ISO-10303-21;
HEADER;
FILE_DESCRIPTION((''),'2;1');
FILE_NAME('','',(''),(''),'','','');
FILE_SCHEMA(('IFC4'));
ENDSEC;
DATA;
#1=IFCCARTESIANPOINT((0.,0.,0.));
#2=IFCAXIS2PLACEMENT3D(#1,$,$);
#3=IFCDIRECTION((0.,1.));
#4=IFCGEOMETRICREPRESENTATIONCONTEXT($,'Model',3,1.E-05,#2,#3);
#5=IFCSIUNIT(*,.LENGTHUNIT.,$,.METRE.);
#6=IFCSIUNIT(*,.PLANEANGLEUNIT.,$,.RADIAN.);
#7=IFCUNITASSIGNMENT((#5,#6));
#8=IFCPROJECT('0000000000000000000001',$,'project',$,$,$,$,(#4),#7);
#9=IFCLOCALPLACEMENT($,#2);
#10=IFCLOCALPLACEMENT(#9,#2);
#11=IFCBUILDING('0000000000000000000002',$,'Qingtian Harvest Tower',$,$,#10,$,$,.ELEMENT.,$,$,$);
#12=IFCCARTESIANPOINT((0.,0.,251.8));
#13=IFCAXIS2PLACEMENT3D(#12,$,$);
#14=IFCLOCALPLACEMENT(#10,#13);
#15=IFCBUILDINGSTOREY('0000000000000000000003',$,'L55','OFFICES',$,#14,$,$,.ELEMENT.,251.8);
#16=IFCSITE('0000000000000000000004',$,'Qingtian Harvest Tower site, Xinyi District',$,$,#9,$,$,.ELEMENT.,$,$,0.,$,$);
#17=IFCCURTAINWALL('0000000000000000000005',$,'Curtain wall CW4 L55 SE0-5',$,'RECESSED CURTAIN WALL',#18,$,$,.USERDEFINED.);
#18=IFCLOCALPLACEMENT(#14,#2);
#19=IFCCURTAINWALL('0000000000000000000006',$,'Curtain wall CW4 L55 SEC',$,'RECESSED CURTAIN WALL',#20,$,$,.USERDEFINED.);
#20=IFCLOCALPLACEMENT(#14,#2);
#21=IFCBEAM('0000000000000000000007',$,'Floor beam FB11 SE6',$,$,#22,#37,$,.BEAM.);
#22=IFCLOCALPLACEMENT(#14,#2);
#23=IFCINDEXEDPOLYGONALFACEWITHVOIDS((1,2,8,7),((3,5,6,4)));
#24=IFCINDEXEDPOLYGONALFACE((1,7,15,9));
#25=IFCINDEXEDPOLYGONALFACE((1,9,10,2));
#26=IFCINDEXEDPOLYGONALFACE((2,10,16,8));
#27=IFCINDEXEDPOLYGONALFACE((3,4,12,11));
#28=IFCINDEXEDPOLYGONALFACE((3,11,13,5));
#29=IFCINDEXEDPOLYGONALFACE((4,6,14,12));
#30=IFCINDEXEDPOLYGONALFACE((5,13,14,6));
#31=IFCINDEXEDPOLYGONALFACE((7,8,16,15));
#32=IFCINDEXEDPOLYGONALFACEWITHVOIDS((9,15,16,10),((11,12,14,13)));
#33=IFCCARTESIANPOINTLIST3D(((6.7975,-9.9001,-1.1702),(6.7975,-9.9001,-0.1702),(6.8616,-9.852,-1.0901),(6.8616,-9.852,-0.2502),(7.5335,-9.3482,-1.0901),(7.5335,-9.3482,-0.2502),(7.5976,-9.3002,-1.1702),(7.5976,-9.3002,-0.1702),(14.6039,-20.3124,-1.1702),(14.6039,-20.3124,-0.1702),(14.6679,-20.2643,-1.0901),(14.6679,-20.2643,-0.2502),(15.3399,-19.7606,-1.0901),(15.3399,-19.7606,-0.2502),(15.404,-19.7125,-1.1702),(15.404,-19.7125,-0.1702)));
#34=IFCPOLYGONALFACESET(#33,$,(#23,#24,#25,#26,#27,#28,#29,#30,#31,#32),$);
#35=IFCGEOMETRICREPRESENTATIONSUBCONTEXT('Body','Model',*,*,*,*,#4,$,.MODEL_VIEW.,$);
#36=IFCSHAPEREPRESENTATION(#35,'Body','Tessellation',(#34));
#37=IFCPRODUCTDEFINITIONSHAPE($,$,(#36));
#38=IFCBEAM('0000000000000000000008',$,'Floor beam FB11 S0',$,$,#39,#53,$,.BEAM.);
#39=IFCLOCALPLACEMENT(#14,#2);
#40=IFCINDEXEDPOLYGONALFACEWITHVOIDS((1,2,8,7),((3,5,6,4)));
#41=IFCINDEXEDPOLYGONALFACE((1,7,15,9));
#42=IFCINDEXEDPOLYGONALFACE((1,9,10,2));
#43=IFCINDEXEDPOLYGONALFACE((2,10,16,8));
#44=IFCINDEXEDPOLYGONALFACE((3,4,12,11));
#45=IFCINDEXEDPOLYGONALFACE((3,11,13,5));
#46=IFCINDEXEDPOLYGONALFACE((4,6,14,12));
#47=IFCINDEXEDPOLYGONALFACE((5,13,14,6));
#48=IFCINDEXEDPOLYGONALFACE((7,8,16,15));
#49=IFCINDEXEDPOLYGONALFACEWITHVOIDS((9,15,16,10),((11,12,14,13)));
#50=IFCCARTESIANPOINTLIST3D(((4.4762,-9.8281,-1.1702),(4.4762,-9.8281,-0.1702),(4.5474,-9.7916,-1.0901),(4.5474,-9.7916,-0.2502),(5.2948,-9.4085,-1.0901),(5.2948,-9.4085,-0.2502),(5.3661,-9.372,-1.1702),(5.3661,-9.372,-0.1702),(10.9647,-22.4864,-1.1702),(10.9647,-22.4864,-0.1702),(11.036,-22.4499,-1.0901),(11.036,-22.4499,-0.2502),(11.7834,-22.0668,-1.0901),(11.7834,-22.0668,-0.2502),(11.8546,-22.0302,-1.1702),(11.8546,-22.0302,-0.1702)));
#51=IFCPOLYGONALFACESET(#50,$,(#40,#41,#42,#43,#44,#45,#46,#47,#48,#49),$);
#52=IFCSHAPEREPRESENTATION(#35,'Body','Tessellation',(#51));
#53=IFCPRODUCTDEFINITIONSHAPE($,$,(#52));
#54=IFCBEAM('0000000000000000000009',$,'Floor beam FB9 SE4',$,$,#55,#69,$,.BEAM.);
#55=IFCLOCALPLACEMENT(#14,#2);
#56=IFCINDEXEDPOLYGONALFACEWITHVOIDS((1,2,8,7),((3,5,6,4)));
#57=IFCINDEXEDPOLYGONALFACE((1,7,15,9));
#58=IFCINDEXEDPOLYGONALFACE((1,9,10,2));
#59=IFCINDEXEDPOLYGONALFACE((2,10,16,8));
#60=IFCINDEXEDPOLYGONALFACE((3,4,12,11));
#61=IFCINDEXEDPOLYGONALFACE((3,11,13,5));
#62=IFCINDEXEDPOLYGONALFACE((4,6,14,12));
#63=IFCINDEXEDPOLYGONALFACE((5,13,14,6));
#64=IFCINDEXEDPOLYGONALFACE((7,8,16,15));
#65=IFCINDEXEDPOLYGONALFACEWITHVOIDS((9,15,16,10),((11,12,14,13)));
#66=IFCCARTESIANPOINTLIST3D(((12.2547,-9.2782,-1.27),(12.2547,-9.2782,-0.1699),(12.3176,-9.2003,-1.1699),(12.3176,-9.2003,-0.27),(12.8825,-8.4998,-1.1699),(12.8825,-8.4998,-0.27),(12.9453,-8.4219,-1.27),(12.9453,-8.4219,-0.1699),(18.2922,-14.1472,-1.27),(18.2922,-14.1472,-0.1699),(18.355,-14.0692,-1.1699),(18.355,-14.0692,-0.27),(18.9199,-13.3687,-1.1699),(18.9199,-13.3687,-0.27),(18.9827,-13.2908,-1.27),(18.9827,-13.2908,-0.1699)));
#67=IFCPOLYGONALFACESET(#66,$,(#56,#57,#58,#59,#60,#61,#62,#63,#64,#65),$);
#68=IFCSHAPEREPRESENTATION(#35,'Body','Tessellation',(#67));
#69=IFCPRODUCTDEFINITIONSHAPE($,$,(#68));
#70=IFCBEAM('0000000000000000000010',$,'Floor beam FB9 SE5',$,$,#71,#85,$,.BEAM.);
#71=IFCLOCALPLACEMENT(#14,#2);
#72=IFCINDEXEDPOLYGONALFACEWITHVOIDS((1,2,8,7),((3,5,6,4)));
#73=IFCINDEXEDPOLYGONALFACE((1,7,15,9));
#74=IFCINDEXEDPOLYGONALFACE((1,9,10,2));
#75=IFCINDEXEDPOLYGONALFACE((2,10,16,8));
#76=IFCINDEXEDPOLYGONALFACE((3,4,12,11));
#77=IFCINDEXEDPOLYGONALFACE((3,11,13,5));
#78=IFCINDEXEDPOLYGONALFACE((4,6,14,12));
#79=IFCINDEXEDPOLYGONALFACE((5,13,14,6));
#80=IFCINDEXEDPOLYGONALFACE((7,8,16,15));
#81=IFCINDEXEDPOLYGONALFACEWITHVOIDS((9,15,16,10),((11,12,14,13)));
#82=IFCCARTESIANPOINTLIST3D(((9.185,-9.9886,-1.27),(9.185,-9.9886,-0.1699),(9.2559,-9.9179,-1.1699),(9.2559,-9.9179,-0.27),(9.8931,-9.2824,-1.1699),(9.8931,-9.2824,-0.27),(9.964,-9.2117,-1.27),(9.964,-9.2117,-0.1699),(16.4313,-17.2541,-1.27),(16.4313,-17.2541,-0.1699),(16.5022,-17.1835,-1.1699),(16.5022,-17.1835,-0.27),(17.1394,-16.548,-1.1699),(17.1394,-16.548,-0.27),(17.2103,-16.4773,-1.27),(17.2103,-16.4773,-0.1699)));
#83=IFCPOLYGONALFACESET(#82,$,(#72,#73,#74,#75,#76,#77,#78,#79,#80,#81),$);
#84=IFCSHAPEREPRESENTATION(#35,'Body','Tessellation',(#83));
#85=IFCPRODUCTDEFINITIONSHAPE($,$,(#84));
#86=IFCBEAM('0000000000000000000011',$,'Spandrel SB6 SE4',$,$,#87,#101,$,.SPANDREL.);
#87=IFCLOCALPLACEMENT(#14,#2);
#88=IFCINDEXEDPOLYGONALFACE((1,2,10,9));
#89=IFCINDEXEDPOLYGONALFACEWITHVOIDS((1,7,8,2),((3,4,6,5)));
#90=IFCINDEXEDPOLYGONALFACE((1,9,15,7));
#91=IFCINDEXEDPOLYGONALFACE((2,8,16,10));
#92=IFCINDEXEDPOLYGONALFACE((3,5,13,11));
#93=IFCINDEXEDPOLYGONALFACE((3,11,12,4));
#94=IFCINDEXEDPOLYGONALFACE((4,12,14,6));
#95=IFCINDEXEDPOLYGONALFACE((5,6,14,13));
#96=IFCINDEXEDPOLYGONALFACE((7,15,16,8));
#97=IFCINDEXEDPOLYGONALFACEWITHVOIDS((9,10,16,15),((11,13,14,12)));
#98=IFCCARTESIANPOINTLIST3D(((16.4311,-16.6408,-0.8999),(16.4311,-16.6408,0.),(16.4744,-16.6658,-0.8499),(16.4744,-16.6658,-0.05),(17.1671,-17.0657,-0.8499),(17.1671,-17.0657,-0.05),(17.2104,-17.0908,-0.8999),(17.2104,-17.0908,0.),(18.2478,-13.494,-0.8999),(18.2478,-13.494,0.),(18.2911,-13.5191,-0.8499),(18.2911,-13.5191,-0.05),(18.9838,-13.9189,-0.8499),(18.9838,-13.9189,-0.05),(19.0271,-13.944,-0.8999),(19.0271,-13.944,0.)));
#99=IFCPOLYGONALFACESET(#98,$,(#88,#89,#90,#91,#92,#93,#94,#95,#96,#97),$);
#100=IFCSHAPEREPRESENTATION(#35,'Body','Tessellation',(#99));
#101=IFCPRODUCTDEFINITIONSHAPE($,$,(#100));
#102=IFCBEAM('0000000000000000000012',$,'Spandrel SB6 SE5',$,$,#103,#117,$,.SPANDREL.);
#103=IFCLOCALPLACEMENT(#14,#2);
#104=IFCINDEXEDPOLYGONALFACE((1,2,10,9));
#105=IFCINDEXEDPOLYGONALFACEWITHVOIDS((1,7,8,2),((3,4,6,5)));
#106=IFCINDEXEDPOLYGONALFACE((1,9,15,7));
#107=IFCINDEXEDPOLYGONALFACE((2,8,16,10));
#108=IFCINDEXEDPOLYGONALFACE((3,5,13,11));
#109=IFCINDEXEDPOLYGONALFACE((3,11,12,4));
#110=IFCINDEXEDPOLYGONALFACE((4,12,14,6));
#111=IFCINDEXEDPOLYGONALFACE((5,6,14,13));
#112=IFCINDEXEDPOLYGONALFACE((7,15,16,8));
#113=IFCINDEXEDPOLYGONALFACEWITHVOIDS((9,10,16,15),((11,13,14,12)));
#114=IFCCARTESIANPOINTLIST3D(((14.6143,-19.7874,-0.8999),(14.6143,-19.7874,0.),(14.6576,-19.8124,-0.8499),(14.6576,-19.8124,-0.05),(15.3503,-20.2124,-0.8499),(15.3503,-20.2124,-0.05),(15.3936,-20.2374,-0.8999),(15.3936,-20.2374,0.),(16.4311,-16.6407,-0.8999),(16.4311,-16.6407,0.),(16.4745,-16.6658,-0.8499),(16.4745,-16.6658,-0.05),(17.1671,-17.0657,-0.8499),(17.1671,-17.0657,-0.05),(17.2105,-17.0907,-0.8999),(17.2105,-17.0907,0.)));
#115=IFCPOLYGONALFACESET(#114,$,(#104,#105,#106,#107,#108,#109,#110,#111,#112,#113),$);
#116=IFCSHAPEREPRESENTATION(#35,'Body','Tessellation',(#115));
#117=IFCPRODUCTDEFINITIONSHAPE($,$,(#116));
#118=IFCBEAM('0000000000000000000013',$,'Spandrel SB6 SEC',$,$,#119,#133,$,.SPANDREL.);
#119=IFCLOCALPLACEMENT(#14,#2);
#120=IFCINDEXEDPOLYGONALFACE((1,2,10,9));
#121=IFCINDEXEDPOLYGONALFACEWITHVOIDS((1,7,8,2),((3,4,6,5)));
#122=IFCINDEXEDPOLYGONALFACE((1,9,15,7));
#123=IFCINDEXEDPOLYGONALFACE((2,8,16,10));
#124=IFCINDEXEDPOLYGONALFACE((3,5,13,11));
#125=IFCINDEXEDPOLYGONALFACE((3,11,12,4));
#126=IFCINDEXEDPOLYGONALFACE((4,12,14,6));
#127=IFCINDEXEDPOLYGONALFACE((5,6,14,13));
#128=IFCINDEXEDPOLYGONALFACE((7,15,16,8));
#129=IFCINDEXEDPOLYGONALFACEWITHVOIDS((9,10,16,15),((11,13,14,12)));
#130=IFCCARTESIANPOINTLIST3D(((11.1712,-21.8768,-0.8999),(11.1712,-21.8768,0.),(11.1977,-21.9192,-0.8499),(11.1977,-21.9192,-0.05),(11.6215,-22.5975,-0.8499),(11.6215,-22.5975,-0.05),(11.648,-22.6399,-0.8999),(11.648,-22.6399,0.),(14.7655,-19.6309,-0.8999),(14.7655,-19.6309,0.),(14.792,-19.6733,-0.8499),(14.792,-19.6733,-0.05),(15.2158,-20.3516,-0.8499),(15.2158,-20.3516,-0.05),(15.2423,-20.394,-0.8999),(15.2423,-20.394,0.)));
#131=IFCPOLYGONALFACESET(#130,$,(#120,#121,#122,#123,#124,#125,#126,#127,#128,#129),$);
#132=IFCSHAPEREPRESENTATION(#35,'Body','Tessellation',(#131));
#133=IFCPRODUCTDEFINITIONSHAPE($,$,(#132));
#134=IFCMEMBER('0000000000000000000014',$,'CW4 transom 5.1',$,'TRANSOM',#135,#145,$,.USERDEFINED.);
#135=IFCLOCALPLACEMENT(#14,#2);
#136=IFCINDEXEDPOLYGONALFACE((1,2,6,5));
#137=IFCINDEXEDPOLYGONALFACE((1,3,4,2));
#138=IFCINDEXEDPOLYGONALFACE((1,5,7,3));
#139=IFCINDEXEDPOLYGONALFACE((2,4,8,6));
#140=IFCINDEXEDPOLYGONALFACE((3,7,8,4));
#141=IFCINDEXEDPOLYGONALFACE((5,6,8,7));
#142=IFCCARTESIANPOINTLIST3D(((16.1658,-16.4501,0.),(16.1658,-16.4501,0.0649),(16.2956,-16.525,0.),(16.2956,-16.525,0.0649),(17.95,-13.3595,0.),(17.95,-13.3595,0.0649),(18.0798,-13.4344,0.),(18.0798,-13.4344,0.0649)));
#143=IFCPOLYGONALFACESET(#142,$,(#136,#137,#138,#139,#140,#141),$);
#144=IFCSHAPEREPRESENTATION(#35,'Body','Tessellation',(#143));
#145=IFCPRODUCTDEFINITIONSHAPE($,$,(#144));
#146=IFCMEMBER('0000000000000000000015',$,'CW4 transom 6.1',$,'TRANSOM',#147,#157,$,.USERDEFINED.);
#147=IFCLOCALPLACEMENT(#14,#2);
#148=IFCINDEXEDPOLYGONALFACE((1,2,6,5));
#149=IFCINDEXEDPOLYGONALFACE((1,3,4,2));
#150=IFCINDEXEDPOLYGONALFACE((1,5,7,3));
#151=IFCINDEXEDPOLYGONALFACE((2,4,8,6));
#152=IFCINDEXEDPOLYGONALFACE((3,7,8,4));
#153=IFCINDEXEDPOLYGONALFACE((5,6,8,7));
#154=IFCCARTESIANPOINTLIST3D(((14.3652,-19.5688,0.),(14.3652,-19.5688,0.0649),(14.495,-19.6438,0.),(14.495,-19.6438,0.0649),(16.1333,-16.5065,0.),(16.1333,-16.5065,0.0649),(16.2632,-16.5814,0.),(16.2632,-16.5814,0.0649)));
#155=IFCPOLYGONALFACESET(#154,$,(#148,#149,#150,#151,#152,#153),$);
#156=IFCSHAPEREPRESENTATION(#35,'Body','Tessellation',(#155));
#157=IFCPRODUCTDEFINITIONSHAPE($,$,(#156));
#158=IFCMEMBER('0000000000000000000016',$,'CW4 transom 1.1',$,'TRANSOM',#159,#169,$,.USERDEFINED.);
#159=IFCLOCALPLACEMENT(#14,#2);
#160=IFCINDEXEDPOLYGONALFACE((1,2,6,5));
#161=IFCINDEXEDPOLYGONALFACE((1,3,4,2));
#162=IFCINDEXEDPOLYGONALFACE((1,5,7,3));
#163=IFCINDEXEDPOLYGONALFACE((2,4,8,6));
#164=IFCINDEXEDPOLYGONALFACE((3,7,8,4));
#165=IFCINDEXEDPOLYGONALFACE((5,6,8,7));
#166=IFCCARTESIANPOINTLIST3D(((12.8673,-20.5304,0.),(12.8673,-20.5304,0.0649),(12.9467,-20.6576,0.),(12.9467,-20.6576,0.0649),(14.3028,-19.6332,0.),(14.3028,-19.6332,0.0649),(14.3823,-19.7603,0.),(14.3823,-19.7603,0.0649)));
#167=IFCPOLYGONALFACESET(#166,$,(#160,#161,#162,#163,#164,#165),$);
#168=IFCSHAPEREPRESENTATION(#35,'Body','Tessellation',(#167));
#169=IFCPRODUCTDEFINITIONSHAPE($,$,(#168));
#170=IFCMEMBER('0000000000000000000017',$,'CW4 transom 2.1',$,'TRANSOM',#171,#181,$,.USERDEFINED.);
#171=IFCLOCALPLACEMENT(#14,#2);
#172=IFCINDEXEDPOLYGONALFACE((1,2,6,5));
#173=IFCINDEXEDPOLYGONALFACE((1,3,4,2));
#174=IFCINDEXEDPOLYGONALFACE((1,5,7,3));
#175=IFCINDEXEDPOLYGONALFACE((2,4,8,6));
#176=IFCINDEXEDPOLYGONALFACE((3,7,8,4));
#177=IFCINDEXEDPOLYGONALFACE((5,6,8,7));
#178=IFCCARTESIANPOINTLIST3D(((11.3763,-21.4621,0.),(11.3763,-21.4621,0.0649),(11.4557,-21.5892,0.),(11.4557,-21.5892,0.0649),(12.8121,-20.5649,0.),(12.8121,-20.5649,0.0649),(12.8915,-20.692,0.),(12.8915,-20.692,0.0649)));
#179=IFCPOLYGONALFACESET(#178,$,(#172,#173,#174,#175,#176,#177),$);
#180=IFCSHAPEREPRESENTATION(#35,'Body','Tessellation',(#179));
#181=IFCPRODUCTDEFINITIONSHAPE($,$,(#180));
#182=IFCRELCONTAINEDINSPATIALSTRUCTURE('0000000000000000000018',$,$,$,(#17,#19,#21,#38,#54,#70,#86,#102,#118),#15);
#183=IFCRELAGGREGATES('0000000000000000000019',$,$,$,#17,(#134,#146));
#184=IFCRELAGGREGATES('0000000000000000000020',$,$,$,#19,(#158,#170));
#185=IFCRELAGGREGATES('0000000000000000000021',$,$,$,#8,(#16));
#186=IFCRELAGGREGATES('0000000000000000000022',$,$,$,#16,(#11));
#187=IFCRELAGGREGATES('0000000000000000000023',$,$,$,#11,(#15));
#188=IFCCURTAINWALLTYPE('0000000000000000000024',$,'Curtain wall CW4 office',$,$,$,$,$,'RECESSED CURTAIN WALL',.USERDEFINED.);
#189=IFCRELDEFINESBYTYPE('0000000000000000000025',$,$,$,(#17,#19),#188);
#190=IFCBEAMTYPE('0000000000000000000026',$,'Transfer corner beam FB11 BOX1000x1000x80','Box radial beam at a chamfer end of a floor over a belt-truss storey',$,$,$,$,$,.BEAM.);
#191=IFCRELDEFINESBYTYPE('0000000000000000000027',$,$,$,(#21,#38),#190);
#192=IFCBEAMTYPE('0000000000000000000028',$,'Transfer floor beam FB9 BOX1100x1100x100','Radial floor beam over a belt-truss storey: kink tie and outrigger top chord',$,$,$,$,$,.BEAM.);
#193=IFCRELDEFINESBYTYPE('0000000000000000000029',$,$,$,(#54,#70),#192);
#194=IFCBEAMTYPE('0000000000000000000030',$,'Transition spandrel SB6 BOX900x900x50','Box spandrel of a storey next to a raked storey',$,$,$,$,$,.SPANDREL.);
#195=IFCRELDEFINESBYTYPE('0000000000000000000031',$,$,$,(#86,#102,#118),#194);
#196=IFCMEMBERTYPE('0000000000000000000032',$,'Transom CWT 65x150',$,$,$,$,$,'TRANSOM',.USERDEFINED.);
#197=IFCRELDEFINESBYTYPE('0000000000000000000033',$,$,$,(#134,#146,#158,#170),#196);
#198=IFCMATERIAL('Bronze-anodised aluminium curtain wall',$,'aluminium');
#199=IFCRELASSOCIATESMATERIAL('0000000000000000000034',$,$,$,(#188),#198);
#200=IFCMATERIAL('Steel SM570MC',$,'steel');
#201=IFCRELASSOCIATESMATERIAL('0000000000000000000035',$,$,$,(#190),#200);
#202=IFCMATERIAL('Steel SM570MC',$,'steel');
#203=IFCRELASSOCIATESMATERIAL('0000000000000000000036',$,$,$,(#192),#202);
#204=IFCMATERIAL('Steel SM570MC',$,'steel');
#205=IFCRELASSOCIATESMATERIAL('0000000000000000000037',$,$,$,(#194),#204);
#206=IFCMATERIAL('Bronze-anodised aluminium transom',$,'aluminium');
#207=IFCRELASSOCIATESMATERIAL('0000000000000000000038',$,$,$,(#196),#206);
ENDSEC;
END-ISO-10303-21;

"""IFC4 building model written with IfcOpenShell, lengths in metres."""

from ifc_helpers import new_model, si_unit, direction, frame, origin, origin_2d, place, context, subcontext, project, spatial, rectangle, hollow_rectangle, extrude, material, material_profile, profile_set, type_object, element, aggregate, save


model = new_model("IFC4")

# Units and contexts
model_context = context("Model", 3, precision=1e-05, world=origin(), true_north=direction((0.0, 1.0)))
body_context = subcontext(model_context, "Body", "Model", "MODEL_VIEW")
ifc_project = project(units=[si_unit("LENGTHUNIT", "METRE"), si_unit("PLANEANGLEUNIT", "RADIAN")], contexts=[model_context])

# Site, building, storey
site_placement = place(None, origin())
site = spatial("IfcSite", under=ifc_project, at=site_placement, Name="Qingtian Harvest Tower site, Xinyi District", CompositionType="ELEMENT", RefElevation=0.0)
building_placement = place(site_placement, origin())
building = spatial("IfcBuilding", under=site, at=building_placement, Name="Qingtian Harvest Tower", CompositionType="ELEMENT")
storey_placement = place(building_placement, frame((0.0, 0.0, 251.8)))
storey = spatial("IfcBuildingStorey", under=building, at=storey_placement, Name="L55", Description="OFFICES", CompositionType="ELEMENT", Elevation=251.8)

# Curtain walls
ifc_material_1 = material(Name="Bronze-anodised aluminium curtain wall", Category="aluminium")
curtain_wall_type = type_object("IfcCurtainWallType", Name="Curtain wall CW4 office", ElementType="RECESSED CURTAIN WALL", PredefinedType="USERDEFINED", material=ifc_material_1)
curtain_wall_1_placement = place(storey_placement, origin())
curtain_wall_1 = element("IfcCurtainWall", 1, at=curtain_wall_1_placement, inside=storey, type_object=curtain_wall_type, Name="Curtain wall CW4 L55 SE0-5", ObjectType="RECESSED CURTAIN WALL", PredefinedType="USERDEFINED")
curtain_wall_2_placement = place(storey_placement, origin())
curtain_wall_2 = element("IfcCurtainWall", 2, at=curtain_wall_2_placement, inside=storey, type_object=curtain_wall_type, Name="Curtain wall CW4 L55 SEC", ObjectType="RECESSED CURTAIN WALL", PredefinedType="USERDEFINED")

# Beams
ifc_material_2 = material(Name="Steel SM570MC", Category="steel")
ifc_material_profile_1 = material_profile(ifc_material_2, hollow_rectangle(XDim=1.0, YDim=1.0, WallThickness=0.0801, at=origin_2d()), Name="BOX1000x1000x80")
ifc_profile_set_1 = profile_set([ifc_material_profile_1], Name="Steel SM570MC")
beam_type_1 = type_object("IfcBeamType", Name="Transfer corner beam FB11 BOX1000x1000x80", Description="Box radial beam at a chamfer end of a floor over a belt-truss storey", PredefinedType="BEAM", material=ifc_profile_set_1)
beam_1_placement = place(storey_placement, frame((15.0039, -20.0125, -0.6702), z_axis=(-0.599859, 0.800106, 0.0), x_axis=(-0.800106, -0.599859, 0.0)))
element("IfcBeam", 3, at=beam_1_placement, inside=storey, type_object=beam_type_1, Name="Floor beam FB11 SE6", PredefinedType="BEAM", context=body_context, shape_type="SweptSolid", body=[
    extrude(hollow_rectangle(XDim=1.0, YDim=1.0, WallThickness=0.0801, at=origin_2d()), origin(), (0.0, 0.0, 1.0), 13.0137),
])
beam_2_placement = place(storey_placement, frame((11.4097, -22.2583, -0.6702), z_axis=(-0.456157, 0.889899, 0.0), x_axis=(-0.889899, -0.456157, 0.0)))
element("IfcBeam", 4, at=beam_2_placement, inside=storey, type_object=beam_type_1, Name="Floor beam FB11 S0", PredefinedType="BEAM", context=body_context, shape_type="SweptSolid", body=[
    extrude(hollow_rectangle(XDim=1.0, YDim=1.0, WallThickness=0.0801, at=origin_2d()), origin(), (0.0, 0.0, 1.0), 14.2244),
])
ifc_material_3 = material(Name="Steel SM570MC", Category="steel")
ifc_material_profile_2 = material_profile(ifc_material_3, hollow_rectangle(XDim=1.1001, YDim=1.1001, WallThickness=0.1001, at=origin_2d()), Name="BOX1100x1100x100")
ifc_profile_set_2 = profile_set([ifc_material_profile_2], Name="Steel SM570MC")
beam_type_2 = type_object("IfcBeamType", Name="Transfer floor beam FB9 BOX1100x1100x100", Description="Radial floor beam over a belt-truss storey: kink tie and outrigger top chord", PredefinedType="BEAM", material=ifc_profile_set_2)
beam_3_placement = place(storey_placement, frame((18.6375, -13.719, -0.72), z_axis=(-0.778409, 0.627757, 0.0), x_axis=(-0.627757, -0.778409, 0.0)))
element("IfcBeam", 5, at=beam_3_placement, inside=storey, type_object=beam_type_2, Name="Floor beam FB9 SE4", PredefinedType="BEAM", context=body_context, shape_type="SweptSolid", body=[
    extrude(hollow_rectangle(XDim=1.1001, YDim=1.1001, WallThickness=0.1001, at=origin_2d()), origin(), (0.0, 0.0, 1.0), 7.7561),
])
beam_4_placement = place(storey_placement, frame((16.8208, -16.8657, -0.72), z_axis=(-0.706166, 0.708046, 0.0), x_axis=(-0.708046, -0.706166, 0.0)))
element("IfcBeam", 6, at=beam_4_placement, inside=storey, type_object=beam_type_2, Name="Floor beam FB9 SE5", PredefinedType="BEAM", context=body_context, shape_type="SweptSolid", body=[
    extrude(hollow_rectangle(XDim=1.1001, YDim=1.1001, WallThickness=0.1001, at=origin_2d()), origin(), (0.0, 0.0, 1.0), 10.2615),
])
ifc_material_4 = material(Name="Steel SM570MC", Category="steel")
ifc_material_profile_3 = material_profile(ifc_material_4, hollow_rectangle(XDim=0.8999, YDim=0.8999, WallThickness=0.05, at=origin_2d()), Name="BOX900x900x50")
ifc_profile_set_3 = profile_set([ifc_material_profile_3], Name="Steel SM570MC")
beam_type_3 = type_object("IfcBeamType", Name="Transition spandrel SB6 BOX900x900x50", Description="Box spandrel of a storey next to a raked storey", PredefinedType="SPANDREL", material=ifc_profile_set_3)
for number, where, z_axis, x_axis, name in (
    (7, (18.6375, -13.719, -0.45), (-0.499976, -0.866039, 0.0), (0.866039, -0.499976, 0.0), "Spandrel SB6 SE4"),
    (8, (16.8208, -16.8657, -0.45), (-0.500027, -0.86601, 0.0), (0.86601, -0.500027, 0.0), "Spandrel SB6 SE5"),
):
    element("IfcBeam", number, at=place(storey_placement, frame(where, z_axis=z_axis, x_axis=x_axis)), inside=storey, type_object=beam_type_3, Name=name, PredefinedType="SPANDREL", context=body_context, shape_type="SweptSolid", body=[
        extrude(hollow_rectangle(XDim=0.8999, YDim=0.8999, WallThickness=0.05, at=origin_2d()), origin(), (0.0, 0.0, 1.0), 3.6335),
    ])
beam_5_placement = place(storey_placement, frame((15.0039, -20.0125, -0.45), z_axis=(-0.848057, -0.529906, 0.0), x_axis=(0.529906, -0.848057, 0.0)))
element("IfcBeam", 9, at=beam_5_placement, inside=storey, type_object=beam_type_3, Name="Spandrel SB6 SEC", PredefinedType="SPANDREL", context=body_context, shape_type="SweptSolid", body=[
    extrude(hollow_rectangle(XDim=0.8999, YDim=0.8999, WallThickness=0.05, at=origin_2d()), origin(), (0.0, 0.0, 1.0), 4.2383),
])

# Members
ifc_material_5 = material(Name="Bronze-anodised aluminium transom", Category="aluminium")
ifc_material_profile_4 = material_profile(ifc_material_5, rectangle(XDim=0.1499, YDim=0.0649, at=origin_2d()), Name="AL 65x150")
ifc_profile_set_4 = profile_set([ifc_material_profile_4], Name="Bronze-anodised aluminium transom")
member_type_1 = type_object("IfcMemberType", Name="Transom CWT 65x150", ElementType="TRANSOM", PredefinedType="USERDEFINED", material=ifc_profile_set_4)
member_1_placement = place(storey_placement, frame((18.0149, -13.397, 0.0325), z_axis=(-0.499965, -0.866045, 0.0), x_axis=(0.866045, -0.499965, 0.0)))
member_1 = element("IfcMember", 10, at=member_1_placement, type_object=member_type_1, Name="CW4 transom 5.1", ObjectType="TRANSOM", PredefinedType="USERDEFINED", context=body_context, shape_type="SweptSolid", body=[
    extrude(rectangle(XDim=0.1499, YDim=0.0649, at=origin_2d()), origin(), (0.0, 0.0, 1.0), 3.5686),
])
member_2_placement = place(storey_placement, frame((16.1982, -16.5439, 0.0325), z_axis=(-0.500015, -0.866017, 0.0), x_axis=(0.866017, -0.500015, 0.0)))
member_2 = element("IfcMember", 11, at=member_2_placement, type_object=member_type_1, Name="CW4 transom 6.1", ObjectType="TRANSOM", PredefinedType="USERDEFINED", context=body_context, shape_type="SweptSolid", body=[
    extrude(rectangle(XDim=0.1499, YDim=0.0649, at=origin_2d()), origin(), (0.0, 0.0, 1.0), 3.5361),
])
member_3_placement = place(storey_placement, frame((14.3425, -19.6968, 0.0325), z_axis=(-0.847998, -0.529999, 0.0), x_axis=(0.529999, -0.847998, 0.0)))
member_3 = element("IfcMember", 12, at=member_3_placement, type_object=member_type_1, Name="CW4 transom 1.1", ObjectType="TRANSOM", PredefinedType="USERDEFINED", context=body_context, shape_type="SweptSolid", body=[
    extrude(rectangle(XDim=0.1499, YDim=0.0649, at=origin_2d()), origin(), (0.0, 0.0, 1.0), 1.6929),
])
member_4_placement = place(storey_placement, frame((12.8518, -20.6284, 0.0325), z_axis=(-0.848039, -0.529934, 0.0), x_axis=(0.529934, -0.848039, 0.0)))
member_4 = element("IfcMember", 13, at=member_4_placement, type_object=member_type_1, Name="CW4 transom 2.1", ObjectType="TRANSOM", PredefinedType="USERDEFINED", context=body_context, shape_type="SweptSolid", body=[
    extrude(rectangle(XDim=0.1499, YDim=0.0649, at=origin_2d()), origin(), (0.0, 0.0, 1.0), 1.6931),
])

aggregate(curtain_wall_1, [member_1, member_2])
aggregate(curtain_wall_2, [member_3, member_4])

save(model, "model.ifc")
